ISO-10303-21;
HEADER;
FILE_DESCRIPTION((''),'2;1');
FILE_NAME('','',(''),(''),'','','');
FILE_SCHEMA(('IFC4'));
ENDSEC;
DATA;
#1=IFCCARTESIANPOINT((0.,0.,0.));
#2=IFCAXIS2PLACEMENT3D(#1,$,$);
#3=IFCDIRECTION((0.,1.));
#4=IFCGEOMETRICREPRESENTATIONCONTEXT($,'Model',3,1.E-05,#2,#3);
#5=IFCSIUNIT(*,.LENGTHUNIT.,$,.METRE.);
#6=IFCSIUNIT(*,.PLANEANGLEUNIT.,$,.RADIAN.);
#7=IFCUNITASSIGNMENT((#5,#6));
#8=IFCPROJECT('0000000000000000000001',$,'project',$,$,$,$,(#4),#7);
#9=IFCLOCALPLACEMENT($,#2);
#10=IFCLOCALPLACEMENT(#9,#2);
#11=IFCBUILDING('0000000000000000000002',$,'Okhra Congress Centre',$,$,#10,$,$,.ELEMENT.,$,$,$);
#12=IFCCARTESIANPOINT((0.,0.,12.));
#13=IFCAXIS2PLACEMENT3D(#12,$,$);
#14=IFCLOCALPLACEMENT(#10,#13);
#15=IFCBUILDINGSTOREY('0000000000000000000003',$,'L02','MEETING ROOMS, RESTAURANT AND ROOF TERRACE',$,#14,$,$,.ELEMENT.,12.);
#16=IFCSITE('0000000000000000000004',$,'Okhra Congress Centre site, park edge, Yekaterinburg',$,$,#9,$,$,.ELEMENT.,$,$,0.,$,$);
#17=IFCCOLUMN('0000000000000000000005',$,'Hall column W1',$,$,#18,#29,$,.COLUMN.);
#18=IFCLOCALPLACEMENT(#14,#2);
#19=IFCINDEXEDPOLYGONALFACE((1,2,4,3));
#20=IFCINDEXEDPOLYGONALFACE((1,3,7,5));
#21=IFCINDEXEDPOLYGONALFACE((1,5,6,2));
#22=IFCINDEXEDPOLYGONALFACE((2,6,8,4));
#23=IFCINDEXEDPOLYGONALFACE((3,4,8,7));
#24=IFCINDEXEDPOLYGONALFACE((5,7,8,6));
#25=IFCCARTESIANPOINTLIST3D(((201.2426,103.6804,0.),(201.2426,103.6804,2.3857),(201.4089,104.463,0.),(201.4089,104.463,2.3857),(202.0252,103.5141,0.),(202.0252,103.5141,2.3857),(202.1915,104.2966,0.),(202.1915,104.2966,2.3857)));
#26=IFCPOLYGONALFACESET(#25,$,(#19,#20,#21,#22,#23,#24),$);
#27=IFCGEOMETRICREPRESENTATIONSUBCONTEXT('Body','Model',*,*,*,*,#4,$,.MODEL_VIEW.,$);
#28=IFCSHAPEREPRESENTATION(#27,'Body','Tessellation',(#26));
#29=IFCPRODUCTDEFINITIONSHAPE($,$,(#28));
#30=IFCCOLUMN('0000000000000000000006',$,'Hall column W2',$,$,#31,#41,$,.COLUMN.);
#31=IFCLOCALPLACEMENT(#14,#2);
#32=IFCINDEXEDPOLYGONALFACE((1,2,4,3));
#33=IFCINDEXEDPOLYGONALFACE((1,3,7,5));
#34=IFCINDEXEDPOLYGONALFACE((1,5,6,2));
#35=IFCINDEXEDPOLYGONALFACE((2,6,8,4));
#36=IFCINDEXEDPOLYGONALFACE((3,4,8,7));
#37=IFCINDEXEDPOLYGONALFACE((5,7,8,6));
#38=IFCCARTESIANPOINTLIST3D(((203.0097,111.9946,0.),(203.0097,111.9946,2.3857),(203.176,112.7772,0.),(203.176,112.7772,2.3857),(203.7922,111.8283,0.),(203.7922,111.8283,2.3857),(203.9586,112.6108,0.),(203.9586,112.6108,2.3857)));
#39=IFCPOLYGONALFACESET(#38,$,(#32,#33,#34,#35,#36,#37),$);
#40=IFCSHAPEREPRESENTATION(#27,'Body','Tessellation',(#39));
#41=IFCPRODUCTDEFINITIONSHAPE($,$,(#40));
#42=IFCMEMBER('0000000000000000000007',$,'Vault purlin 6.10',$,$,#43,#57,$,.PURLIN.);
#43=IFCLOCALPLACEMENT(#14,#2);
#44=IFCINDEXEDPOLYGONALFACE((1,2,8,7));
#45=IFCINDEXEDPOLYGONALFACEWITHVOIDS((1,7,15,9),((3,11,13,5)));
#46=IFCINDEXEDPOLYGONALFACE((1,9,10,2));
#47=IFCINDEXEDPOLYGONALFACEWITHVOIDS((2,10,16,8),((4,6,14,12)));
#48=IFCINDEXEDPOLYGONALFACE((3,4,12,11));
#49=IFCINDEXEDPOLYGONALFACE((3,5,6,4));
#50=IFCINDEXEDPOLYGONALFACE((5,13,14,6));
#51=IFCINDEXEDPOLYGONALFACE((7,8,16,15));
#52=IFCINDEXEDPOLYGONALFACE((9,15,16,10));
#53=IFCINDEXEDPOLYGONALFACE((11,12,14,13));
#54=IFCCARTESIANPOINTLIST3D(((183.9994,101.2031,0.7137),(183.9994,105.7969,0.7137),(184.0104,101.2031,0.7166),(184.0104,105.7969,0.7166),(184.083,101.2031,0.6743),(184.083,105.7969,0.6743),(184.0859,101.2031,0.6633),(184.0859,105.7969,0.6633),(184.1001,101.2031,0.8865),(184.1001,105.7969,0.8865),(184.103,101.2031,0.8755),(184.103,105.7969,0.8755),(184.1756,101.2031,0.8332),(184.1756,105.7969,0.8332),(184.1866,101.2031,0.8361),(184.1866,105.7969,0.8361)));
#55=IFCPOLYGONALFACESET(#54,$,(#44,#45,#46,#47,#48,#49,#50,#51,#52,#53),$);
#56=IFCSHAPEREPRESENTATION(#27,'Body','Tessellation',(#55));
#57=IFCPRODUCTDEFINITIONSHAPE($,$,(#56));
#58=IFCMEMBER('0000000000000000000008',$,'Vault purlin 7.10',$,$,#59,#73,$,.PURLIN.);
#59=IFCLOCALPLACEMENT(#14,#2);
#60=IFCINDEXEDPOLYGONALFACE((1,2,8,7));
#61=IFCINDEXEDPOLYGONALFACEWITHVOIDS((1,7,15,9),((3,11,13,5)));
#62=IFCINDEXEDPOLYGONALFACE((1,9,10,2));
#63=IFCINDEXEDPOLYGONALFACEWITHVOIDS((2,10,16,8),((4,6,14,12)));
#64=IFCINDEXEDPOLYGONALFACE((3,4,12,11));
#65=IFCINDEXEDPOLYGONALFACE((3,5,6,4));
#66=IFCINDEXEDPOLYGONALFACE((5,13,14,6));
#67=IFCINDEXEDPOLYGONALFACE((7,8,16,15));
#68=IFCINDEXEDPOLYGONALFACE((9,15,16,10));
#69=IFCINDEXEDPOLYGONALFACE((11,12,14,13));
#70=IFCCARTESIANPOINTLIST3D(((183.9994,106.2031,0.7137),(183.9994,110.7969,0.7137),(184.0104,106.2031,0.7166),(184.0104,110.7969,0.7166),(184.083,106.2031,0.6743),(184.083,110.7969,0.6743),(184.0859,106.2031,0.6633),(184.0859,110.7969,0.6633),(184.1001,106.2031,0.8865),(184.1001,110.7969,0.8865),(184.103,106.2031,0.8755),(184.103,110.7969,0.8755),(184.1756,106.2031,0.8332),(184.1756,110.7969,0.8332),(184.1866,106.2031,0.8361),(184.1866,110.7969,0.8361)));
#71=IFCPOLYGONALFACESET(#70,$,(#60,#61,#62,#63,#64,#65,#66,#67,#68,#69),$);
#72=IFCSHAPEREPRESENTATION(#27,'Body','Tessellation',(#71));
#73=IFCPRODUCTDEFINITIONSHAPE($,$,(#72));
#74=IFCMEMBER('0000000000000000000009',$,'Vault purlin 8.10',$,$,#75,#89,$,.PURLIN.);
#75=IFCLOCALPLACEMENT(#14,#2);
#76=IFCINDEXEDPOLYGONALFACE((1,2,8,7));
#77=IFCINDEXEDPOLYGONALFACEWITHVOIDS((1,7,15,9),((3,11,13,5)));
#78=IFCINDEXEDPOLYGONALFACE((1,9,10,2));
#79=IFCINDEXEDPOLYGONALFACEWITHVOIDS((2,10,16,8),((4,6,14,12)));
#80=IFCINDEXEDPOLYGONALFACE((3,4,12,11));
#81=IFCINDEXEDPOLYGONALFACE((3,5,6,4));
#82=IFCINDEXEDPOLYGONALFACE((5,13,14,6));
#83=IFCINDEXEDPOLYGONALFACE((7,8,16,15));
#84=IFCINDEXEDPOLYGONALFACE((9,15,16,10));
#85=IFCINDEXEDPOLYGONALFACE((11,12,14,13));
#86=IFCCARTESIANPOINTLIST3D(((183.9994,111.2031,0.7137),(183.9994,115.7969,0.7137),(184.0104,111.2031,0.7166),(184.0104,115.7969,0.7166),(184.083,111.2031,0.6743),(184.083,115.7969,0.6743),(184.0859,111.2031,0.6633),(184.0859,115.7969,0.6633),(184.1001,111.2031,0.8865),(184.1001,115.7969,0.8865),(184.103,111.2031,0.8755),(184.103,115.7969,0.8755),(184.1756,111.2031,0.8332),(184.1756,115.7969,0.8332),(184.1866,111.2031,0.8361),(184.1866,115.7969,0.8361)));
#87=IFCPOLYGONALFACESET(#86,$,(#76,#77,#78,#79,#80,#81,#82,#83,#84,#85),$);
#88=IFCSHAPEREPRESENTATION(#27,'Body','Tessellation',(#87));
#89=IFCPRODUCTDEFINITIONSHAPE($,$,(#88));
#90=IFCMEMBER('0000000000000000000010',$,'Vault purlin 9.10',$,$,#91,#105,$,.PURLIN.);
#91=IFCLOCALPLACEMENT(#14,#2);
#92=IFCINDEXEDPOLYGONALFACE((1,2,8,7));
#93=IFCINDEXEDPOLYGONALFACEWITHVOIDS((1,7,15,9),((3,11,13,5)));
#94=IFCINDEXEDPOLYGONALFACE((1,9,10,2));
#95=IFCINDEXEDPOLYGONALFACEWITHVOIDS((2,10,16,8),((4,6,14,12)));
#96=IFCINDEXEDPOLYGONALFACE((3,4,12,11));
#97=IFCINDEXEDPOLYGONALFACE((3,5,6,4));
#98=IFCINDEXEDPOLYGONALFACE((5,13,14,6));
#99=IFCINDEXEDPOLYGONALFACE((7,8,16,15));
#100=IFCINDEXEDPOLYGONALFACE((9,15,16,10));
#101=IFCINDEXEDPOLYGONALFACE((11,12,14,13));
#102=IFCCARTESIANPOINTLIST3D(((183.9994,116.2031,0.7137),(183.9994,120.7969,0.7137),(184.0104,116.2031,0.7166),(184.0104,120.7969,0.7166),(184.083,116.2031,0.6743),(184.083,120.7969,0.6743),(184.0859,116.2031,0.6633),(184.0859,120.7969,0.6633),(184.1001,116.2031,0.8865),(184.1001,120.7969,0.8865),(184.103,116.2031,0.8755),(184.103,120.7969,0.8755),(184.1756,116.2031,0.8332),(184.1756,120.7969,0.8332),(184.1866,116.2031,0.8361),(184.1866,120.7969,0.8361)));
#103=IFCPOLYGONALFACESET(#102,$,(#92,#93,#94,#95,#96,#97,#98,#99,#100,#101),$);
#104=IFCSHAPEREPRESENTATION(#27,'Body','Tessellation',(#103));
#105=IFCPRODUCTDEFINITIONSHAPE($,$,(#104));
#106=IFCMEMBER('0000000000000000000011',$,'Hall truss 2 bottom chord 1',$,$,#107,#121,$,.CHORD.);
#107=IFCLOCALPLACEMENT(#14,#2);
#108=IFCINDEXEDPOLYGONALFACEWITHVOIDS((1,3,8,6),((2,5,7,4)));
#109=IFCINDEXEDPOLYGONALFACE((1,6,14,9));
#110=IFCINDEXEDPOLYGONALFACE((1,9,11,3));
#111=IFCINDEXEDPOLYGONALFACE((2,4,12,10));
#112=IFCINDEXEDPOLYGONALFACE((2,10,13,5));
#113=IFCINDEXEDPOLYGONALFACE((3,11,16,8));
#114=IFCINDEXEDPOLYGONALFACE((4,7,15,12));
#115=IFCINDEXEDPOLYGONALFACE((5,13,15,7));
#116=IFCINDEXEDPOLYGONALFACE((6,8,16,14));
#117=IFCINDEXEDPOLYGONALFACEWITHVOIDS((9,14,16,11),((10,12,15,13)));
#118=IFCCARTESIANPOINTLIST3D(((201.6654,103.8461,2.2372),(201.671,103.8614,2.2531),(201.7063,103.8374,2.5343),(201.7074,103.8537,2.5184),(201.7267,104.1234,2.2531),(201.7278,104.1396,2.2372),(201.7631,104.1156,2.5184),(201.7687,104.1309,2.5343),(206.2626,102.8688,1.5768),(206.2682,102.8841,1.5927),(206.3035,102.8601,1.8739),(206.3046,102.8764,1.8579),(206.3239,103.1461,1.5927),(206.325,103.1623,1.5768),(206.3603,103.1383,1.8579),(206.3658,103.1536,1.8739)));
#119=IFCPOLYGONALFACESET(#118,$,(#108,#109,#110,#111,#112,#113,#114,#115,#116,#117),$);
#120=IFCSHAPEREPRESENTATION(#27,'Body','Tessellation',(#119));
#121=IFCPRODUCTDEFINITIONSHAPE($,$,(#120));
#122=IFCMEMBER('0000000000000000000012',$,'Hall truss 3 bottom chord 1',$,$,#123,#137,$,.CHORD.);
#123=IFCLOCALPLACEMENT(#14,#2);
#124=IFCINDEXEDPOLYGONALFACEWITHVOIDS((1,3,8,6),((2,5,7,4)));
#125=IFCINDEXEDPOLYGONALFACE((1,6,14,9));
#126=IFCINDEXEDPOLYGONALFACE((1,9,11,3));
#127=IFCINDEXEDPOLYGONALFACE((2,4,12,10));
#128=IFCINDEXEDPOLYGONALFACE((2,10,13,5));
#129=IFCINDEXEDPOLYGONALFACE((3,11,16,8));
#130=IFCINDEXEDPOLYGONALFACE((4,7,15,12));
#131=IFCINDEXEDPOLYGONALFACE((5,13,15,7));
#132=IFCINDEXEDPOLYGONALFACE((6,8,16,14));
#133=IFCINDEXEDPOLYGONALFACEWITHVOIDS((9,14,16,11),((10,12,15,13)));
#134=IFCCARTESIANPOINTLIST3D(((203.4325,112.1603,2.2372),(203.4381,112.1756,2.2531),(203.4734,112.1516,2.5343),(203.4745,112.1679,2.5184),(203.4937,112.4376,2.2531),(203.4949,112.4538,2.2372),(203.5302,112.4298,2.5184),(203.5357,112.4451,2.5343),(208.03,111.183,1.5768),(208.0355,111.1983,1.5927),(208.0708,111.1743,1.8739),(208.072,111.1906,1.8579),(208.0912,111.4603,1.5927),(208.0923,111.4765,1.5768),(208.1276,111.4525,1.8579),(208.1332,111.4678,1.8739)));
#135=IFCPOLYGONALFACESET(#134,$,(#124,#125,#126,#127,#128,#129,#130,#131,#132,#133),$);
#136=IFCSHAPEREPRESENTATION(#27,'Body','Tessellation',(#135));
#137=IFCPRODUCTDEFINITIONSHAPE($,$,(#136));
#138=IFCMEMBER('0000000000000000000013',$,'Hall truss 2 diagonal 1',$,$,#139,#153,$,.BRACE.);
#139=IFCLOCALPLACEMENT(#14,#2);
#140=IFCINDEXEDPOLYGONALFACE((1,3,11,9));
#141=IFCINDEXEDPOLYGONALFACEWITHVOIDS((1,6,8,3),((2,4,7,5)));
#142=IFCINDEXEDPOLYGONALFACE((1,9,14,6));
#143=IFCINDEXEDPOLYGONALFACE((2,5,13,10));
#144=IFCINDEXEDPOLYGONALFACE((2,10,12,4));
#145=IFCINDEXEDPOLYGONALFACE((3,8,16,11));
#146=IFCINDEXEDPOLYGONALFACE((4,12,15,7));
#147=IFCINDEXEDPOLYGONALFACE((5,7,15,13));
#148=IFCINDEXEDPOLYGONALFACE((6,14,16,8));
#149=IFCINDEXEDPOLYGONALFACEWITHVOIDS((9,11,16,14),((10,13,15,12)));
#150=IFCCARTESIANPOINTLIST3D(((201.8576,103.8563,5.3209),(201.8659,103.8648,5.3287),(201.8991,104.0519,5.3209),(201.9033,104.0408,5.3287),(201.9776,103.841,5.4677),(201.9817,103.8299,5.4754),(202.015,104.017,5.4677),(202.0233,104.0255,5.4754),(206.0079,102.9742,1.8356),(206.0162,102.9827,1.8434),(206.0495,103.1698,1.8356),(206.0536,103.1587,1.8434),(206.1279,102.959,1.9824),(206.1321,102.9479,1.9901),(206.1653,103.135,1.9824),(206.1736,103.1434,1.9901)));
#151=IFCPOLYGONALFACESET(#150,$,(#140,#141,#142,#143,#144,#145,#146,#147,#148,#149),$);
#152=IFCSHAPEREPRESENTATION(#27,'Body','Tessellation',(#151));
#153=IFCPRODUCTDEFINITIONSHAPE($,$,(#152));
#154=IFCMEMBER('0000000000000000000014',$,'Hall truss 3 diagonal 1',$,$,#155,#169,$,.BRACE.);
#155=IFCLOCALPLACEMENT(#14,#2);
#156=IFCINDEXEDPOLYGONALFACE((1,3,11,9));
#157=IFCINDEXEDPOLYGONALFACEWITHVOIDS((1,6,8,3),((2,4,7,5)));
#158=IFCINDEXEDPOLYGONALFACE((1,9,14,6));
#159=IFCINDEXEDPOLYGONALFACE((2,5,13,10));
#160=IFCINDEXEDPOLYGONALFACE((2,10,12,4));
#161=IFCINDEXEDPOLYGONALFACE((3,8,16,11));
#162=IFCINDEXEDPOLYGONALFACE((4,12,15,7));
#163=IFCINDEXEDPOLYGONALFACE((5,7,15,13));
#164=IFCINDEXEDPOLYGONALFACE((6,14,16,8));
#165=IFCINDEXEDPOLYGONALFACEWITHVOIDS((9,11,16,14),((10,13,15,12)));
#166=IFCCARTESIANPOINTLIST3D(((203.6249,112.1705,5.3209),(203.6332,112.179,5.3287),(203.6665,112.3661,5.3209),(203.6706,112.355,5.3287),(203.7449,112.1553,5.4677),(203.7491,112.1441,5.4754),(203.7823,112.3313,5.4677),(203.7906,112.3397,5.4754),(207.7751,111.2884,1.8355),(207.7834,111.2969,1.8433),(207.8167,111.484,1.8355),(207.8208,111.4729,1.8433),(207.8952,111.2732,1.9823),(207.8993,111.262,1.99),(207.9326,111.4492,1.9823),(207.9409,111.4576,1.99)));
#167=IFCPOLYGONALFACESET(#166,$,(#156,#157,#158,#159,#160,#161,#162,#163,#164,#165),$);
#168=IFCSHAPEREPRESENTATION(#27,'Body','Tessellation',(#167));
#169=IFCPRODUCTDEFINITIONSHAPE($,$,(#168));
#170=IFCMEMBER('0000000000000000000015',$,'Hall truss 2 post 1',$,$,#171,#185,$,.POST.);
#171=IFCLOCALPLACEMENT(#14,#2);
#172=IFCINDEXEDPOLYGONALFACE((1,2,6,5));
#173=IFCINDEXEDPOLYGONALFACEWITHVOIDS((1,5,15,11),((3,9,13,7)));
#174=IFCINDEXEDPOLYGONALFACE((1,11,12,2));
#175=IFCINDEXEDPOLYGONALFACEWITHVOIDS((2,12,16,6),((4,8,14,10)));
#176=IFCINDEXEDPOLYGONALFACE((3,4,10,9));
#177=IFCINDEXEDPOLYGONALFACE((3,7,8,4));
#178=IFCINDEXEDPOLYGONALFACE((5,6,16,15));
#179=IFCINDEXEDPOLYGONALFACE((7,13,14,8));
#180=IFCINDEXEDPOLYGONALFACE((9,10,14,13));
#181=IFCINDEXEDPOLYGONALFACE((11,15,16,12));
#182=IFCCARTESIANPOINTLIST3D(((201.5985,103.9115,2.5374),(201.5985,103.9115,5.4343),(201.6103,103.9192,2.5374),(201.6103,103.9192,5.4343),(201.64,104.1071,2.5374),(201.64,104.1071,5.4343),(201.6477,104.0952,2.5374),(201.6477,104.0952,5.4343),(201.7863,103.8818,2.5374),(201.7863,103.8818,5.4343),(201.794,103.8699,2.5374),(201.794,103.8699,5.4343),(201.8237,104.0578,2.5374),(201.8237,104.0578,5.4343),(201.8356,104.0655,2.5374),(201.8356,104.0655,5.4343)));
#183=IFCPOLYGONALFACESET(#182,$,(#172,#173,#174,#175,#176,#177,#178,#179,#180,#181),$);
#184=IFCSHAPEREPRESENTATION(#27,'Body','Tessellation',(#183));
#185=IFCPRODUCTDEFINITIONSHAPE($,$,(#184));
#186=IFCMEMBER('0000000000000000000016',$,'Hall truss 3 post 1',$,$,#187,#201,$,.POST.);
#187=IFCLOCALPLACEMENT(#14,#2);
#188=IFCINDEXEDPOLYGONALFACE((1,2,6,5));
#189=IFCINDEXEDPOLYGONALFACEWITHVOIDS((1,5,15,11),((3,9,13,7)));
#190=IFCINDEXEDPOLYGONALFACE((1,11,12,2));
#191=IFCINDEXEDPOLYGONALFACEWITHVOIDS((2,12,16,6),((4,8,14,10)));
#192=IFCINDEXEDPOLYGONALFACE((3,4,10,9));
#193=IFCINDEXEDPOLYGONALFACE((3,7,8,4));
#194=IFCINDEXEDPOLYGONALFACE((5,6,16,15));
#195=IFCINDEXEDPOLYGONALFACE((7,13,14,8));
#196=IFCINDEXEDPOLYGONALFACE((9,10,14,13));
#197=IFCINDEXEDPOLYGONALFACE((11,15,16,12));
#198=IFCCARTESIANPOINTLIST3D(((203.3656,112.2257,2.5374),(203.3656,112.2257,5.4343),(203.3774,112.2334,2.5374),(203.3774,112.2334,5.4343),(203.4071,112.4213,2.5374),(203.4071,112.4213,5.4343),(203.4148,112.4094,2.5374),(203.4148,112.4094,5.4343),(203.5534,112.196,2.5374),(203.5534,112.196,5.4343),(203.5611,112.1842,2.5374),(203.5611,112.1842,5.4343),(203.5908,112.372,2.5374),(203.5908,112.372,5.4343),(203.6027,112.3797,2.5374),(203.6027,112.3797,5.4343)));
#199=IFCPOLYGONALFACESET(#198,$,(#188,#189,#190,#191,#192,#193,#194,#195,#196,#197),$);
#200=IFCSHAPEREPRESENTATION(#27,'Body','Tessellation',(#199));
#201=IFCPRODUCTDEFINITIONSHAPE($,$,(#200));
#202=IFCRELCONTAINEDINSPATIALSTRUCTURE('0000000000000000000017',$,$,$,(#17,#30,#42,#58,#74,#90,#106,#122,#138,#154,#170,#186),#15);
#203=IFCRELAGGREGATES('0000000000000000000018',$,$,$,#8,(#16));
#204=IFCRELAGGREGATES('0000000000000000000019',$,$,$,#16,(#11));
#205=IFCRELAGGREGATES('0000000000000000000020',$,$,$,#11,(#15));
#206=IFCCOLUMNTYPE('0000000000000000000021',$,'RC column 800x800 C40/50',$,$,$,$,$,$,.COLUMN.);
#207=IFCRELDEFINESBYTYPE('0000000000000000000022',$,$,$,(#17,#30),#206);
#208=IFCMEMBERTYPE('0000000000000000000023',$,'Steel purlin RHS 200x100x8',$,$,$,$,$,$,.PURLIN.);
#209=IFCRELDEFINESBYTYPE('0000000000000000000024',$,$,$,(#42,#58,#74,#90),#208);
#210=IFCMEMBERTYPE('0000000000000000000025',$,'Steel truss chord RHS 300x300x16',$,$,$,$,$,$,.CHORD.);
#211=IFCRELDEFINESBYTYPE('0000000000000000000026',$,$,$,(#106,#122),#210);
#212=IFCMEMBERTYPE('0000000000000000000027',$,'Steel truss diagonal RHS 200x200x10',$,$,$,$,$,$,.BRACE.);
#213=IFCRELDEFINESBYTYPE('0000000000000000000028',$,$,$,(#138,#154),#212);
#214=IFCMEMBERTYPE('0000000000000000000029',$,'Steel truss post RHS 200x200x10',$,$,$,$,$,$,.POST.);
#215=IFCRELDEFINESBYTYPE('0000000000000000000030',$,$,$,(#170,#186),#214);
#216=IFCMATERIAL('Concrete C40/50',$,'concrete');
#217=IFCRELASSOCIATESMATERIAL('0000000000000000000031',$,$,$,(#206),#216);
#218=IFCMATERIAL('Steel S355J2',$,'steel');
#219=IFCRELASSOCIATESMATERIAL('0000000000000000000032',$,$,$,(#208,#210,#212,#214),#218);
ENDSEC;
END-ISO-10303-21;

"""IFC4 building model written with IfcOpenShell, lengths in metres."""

from ifc_helpers import new_model, si_unit, direction, frame, origin, origin_2d, place, context, subcontext, project, spatial, rectangle, hollow_rectangle, extrude, material, material_profile, profile_set, type_object, element, save


model = new_model("IFC4")

# Units and contexts
model_context = context("Model", 3, precision=1e-05, world=origin(), true_north=direction((0.0, 1.0)))
body_context = subcontext(model_context, "Body", "Model", "MODEL_VIEW")
ifc_project = project(units=[si_unit("LENGTHUNIT", "METRE"), si_unit("PLANEANGLEUNIT", "RADIAN")], contexts=[model_context])

# Site, building, storey
site_placement = place(None, origin())
site = spatial("IfcSite", under=ifc_project, at=site_placement, Name="Okhra Congress Centre site, park edge, Yekaterinburg", CompositionType="ELEMENT", RefElevation=0.0)
building_placement = place(site_placement, origin())
building = spatial("IfcBuilding", under=site, at=building_placement, Name="Okhra Congress Centre", CompositionType="ELEMENT")
storey_placement = place(building_placement, frame((0.0, 0.0, 12.0)))
storey = spatial("IfcBuildingStorey", under=building, at=storey_placement, Name="L02", Description="MEETING ROOMS, RESTAURANT AND ROOF TERRACE", CompositionType="ELEMENT", Elevation=12.0)

# Columns
ifc_material_1 = material(Name="Concrete C40/50", Category="concrete")
ifc_material_profile_1 = material_profile(ifc_material_1, rectangle(XDim=0.8, YDim=0.8, at=origin_2d()), Name="RC 800x800")
ifc_profile_set_1 = profile_set([ifc_material_profile_1], Name="Concrete C40/50")
column_type = type_object("IfcColumnType", Name="RC column 800x800 C40/50", PredefinedType="COLUMN", material=ifc_profile_set_1)
for number, where, z_axis, x_axis, name in (
    (1, (201.717, 103.9885, 0.0), (0.0, 0.0, 1.0), (0.978148, -0.207912, 0.0), "Hall column W1"),
    (2, (203.4841, 112.3027, 0.0), (0.0, 0.0, 1.0), (0.978148, -0.207912, 0.0), "Hall column W2"),
):
    element("IfcColumn", number, at=place(storey_placement, frame(where, z_axis=z_axis, x_axis=x_axis)), inside=storey, type_object=column_type, Name=name, PredefinedType="COLUMN", context=body_context, shape_type="SweptSolid", body=[
        extrude(rectangle(XDim=0.8, YDim=0.8, at=origin_2d()), origin(), (0.0, 0.0, 1.0), 2.3857),
    ])

# Members
ifc_material_2 = material(Name="Steel S355J2", Category="steel")
ifc_material_profile_2 = material_profile(ifc_material_2, hollow_rectangle(XDim=0.1001, YDim=0.2, WallThickness=0.0081, at=origin_2d()), Name="RHS 200x100x8")
ifc_profile_set_2 = profile_set([ifc_material_profile_2], Name="Steel S355J2")
member_type_1 = type_object("IfcMemberType", Name="Steel purlin RHS 200x100x8", PredefinedType="PURLIN", material=ifc_profile_set_2)
for number, where, z_axis, x_axis, name in (
    (3, (184.093, 101.2031, 0.7749), (0.0, 1.0, 0.0), (-0.863917, 0.0, 0.503634), "Vault purlin 6.10"),
    (4, (184.093, 106.2031, 0.7749), (0.0, 1.0, 0.0), (-0.863917, 0.0, 0.503634), "Vault purlin 7.10"),
    (5, (184.093, 111.2031, 0.7749), (0.0, 1.0, 0.0), (-0.863917, 0.0, 0.503634), "Vault purlin 8.10"),
    (6, (184.093, 116.2031, 0.7749), (0.0, 1.0, 0.0), (-0.863917, 0.0, 0.503634), "Vault purlin 9.10"),
):
    element("IfcMember", number, at=place(storey_placement, frame(where, z_axis=z_axis, x_axis=x_axis)), inside=storey, type_object=member_type_1, Name=name, PredefinedType="PURLIN", context=body_context, shape_type="SweptSolid", body=[
        extrude(hollow_rectangle(XDim=0.1001, YDim=0.2, WallThickness=0.0081, at=origin_2d()), origin(), (0.0, 0.0, 1.0), 4.5938),
    ])
ifc_material_profile_3 = material_profile(ifc_material_2, hollow_rectangle(XDim=0.3, YDim=0.3, WallThickness=0.0161, at=origin_2d()), Name="RHS 300x300x16")
ifc_profile_set_3 = profile_set([ifc_material_profile_3], Name="Steel S355J2")
member_type_2 = type_object("IfcMemberType", Name="Steel truss chord RHS 300x300x16", PredefinedType="CHORD", material=ifc_profile_set_3)
member_1_placement = place(storey_placement, frame((201.717, 103.9885, 2.3857), z_axis=(0.968626, -0.205917, -0.139147), x_axis=(0.20794, 0.978142, 0.0)))
element("IfcMember", 7, at=member_1_placement, inside=storey, type_object=member_type_2, Name="Hall truss 2 bottom chord 1", PredefinedType="CHORD", context=body_context, shape_type="SweptSolid", body=[
    extrude(hollow_rectangle(XDim=0.3, YDim=0.3, WallThickness=0.0161, at=origin_2d()), origin(), (0.0, 0.0, 1.0), 4.7461),
])
member_2_placement = place(storey_placement, frame((203.4841, 112.3027, 2.3857), z_axis=(0.968629, -0.205906, -0.13914), x_axis=(0.207929, 0.978144, 0.0)))
element("IfcMember", 8, at=member_2_placement, inside=storey, type_object=member_type_2, Name="Hall truss 3 bottom chord 1", PredefinedType="CHORD", context=body_context, shape_type="SweptSolid", body=[
    extrude(hollow_rectangle(XDim=0.3, YDim=0.3, WallThickness=0.0161, at=origin_2d()), origin(), (0.0, 0.0, 1.0), 4.7463),
])
ifc_material_profile_4 = material_profile(ifc_material_2, hollow_rectangle(XDim=0.2, YDim=0.2, WallThickness=0.01, at=origin_2d()), Name="RHS 200x200x10 diagonal")
ifc_profile_set_4 = profile_set([ifc_material_profile_4], Name="Steel S355J2")
member_type_3 = type_object("IfcMemberType", Name="Steel truss diagonal RHS 200x200x10", PredefinedType="BRACE", material=ifc_profile_set_4)
for number, where, z_axis, x_axis, name in (
    (9, (201.9404, 103.9409, 5.3982), (0.755848, -0.16064, -0.634735), (0.207886, 0.978153, 0.0), "Hall truss 2 diagonal 1"),
    (10, (203.7078, 112.2551, 5.3982), (0.755829, -0.160645, -0.634756), (0.207898, 0.978151, 0.0), "Hall truss 3 diagonal 1"),
):
    element("IfcMember", number, at=place(storey_placement, frame(where, z_axis=z_axis, x_axis=x_axis)), inside=storey, type_object=member_type_3, Name=name, PredefinedType="BRACE", context=body_context, shape_type="SweptSolid", body=[
        extrude(hollow_rectangle(XDim=0.2, YDim=0.2, WallThickness=0.01, at=origin_2d()), origin(), (0.0, 0.0, 1.0), 5.491),
    ])
ifc_material_profile_5 = material_profile(ifc_material_2, hollow_rectangle(XDim=0.2, YDim=0.2, WallThickness=0.01, at=origin_2d()), Name="RHS 200x200x10")
ifc_profile_set_5 = profile_set([ifc_material_profile_5], Name="Steel S355J2")
member_type_4 = type_object("IfcMemberType", Name="Steel truss post RHS 200x200x10", PredefinedType="POST", material=ifc_profile_set_5)
for number, where, z_axis, x_axis, name in (
    (11, (201.717, 103.9885, 2.5374), (0.0, 0.0, 1.0), (0.978148, -0.207912, 0.0), "Hall truss 2 post 1"),
    (12, (203.4841, 112.3027, 2.5374), (0.0, 0.0, 1.0), (0.978148, -0.207912, 0.0), "Hall truss 3 post 1"),
):
    element("IfcMember", number, at=place(storey_placement, frame(where, z_axis=z_axis, x_axis=x_axis)), inside=storey, type_object=member_type_4, Name=name, PredefinedType="POST", context=body_context, shape_type="SweptSolid", body=[
        extrude(hollow_rectangle(XDim=0.2, YDim=0.2, WallThickness=0.01, at=origin_2d()), origin(), (0.0, 0.0, 1.0), 2.897),
    ])

save(model, "model.ifc")
